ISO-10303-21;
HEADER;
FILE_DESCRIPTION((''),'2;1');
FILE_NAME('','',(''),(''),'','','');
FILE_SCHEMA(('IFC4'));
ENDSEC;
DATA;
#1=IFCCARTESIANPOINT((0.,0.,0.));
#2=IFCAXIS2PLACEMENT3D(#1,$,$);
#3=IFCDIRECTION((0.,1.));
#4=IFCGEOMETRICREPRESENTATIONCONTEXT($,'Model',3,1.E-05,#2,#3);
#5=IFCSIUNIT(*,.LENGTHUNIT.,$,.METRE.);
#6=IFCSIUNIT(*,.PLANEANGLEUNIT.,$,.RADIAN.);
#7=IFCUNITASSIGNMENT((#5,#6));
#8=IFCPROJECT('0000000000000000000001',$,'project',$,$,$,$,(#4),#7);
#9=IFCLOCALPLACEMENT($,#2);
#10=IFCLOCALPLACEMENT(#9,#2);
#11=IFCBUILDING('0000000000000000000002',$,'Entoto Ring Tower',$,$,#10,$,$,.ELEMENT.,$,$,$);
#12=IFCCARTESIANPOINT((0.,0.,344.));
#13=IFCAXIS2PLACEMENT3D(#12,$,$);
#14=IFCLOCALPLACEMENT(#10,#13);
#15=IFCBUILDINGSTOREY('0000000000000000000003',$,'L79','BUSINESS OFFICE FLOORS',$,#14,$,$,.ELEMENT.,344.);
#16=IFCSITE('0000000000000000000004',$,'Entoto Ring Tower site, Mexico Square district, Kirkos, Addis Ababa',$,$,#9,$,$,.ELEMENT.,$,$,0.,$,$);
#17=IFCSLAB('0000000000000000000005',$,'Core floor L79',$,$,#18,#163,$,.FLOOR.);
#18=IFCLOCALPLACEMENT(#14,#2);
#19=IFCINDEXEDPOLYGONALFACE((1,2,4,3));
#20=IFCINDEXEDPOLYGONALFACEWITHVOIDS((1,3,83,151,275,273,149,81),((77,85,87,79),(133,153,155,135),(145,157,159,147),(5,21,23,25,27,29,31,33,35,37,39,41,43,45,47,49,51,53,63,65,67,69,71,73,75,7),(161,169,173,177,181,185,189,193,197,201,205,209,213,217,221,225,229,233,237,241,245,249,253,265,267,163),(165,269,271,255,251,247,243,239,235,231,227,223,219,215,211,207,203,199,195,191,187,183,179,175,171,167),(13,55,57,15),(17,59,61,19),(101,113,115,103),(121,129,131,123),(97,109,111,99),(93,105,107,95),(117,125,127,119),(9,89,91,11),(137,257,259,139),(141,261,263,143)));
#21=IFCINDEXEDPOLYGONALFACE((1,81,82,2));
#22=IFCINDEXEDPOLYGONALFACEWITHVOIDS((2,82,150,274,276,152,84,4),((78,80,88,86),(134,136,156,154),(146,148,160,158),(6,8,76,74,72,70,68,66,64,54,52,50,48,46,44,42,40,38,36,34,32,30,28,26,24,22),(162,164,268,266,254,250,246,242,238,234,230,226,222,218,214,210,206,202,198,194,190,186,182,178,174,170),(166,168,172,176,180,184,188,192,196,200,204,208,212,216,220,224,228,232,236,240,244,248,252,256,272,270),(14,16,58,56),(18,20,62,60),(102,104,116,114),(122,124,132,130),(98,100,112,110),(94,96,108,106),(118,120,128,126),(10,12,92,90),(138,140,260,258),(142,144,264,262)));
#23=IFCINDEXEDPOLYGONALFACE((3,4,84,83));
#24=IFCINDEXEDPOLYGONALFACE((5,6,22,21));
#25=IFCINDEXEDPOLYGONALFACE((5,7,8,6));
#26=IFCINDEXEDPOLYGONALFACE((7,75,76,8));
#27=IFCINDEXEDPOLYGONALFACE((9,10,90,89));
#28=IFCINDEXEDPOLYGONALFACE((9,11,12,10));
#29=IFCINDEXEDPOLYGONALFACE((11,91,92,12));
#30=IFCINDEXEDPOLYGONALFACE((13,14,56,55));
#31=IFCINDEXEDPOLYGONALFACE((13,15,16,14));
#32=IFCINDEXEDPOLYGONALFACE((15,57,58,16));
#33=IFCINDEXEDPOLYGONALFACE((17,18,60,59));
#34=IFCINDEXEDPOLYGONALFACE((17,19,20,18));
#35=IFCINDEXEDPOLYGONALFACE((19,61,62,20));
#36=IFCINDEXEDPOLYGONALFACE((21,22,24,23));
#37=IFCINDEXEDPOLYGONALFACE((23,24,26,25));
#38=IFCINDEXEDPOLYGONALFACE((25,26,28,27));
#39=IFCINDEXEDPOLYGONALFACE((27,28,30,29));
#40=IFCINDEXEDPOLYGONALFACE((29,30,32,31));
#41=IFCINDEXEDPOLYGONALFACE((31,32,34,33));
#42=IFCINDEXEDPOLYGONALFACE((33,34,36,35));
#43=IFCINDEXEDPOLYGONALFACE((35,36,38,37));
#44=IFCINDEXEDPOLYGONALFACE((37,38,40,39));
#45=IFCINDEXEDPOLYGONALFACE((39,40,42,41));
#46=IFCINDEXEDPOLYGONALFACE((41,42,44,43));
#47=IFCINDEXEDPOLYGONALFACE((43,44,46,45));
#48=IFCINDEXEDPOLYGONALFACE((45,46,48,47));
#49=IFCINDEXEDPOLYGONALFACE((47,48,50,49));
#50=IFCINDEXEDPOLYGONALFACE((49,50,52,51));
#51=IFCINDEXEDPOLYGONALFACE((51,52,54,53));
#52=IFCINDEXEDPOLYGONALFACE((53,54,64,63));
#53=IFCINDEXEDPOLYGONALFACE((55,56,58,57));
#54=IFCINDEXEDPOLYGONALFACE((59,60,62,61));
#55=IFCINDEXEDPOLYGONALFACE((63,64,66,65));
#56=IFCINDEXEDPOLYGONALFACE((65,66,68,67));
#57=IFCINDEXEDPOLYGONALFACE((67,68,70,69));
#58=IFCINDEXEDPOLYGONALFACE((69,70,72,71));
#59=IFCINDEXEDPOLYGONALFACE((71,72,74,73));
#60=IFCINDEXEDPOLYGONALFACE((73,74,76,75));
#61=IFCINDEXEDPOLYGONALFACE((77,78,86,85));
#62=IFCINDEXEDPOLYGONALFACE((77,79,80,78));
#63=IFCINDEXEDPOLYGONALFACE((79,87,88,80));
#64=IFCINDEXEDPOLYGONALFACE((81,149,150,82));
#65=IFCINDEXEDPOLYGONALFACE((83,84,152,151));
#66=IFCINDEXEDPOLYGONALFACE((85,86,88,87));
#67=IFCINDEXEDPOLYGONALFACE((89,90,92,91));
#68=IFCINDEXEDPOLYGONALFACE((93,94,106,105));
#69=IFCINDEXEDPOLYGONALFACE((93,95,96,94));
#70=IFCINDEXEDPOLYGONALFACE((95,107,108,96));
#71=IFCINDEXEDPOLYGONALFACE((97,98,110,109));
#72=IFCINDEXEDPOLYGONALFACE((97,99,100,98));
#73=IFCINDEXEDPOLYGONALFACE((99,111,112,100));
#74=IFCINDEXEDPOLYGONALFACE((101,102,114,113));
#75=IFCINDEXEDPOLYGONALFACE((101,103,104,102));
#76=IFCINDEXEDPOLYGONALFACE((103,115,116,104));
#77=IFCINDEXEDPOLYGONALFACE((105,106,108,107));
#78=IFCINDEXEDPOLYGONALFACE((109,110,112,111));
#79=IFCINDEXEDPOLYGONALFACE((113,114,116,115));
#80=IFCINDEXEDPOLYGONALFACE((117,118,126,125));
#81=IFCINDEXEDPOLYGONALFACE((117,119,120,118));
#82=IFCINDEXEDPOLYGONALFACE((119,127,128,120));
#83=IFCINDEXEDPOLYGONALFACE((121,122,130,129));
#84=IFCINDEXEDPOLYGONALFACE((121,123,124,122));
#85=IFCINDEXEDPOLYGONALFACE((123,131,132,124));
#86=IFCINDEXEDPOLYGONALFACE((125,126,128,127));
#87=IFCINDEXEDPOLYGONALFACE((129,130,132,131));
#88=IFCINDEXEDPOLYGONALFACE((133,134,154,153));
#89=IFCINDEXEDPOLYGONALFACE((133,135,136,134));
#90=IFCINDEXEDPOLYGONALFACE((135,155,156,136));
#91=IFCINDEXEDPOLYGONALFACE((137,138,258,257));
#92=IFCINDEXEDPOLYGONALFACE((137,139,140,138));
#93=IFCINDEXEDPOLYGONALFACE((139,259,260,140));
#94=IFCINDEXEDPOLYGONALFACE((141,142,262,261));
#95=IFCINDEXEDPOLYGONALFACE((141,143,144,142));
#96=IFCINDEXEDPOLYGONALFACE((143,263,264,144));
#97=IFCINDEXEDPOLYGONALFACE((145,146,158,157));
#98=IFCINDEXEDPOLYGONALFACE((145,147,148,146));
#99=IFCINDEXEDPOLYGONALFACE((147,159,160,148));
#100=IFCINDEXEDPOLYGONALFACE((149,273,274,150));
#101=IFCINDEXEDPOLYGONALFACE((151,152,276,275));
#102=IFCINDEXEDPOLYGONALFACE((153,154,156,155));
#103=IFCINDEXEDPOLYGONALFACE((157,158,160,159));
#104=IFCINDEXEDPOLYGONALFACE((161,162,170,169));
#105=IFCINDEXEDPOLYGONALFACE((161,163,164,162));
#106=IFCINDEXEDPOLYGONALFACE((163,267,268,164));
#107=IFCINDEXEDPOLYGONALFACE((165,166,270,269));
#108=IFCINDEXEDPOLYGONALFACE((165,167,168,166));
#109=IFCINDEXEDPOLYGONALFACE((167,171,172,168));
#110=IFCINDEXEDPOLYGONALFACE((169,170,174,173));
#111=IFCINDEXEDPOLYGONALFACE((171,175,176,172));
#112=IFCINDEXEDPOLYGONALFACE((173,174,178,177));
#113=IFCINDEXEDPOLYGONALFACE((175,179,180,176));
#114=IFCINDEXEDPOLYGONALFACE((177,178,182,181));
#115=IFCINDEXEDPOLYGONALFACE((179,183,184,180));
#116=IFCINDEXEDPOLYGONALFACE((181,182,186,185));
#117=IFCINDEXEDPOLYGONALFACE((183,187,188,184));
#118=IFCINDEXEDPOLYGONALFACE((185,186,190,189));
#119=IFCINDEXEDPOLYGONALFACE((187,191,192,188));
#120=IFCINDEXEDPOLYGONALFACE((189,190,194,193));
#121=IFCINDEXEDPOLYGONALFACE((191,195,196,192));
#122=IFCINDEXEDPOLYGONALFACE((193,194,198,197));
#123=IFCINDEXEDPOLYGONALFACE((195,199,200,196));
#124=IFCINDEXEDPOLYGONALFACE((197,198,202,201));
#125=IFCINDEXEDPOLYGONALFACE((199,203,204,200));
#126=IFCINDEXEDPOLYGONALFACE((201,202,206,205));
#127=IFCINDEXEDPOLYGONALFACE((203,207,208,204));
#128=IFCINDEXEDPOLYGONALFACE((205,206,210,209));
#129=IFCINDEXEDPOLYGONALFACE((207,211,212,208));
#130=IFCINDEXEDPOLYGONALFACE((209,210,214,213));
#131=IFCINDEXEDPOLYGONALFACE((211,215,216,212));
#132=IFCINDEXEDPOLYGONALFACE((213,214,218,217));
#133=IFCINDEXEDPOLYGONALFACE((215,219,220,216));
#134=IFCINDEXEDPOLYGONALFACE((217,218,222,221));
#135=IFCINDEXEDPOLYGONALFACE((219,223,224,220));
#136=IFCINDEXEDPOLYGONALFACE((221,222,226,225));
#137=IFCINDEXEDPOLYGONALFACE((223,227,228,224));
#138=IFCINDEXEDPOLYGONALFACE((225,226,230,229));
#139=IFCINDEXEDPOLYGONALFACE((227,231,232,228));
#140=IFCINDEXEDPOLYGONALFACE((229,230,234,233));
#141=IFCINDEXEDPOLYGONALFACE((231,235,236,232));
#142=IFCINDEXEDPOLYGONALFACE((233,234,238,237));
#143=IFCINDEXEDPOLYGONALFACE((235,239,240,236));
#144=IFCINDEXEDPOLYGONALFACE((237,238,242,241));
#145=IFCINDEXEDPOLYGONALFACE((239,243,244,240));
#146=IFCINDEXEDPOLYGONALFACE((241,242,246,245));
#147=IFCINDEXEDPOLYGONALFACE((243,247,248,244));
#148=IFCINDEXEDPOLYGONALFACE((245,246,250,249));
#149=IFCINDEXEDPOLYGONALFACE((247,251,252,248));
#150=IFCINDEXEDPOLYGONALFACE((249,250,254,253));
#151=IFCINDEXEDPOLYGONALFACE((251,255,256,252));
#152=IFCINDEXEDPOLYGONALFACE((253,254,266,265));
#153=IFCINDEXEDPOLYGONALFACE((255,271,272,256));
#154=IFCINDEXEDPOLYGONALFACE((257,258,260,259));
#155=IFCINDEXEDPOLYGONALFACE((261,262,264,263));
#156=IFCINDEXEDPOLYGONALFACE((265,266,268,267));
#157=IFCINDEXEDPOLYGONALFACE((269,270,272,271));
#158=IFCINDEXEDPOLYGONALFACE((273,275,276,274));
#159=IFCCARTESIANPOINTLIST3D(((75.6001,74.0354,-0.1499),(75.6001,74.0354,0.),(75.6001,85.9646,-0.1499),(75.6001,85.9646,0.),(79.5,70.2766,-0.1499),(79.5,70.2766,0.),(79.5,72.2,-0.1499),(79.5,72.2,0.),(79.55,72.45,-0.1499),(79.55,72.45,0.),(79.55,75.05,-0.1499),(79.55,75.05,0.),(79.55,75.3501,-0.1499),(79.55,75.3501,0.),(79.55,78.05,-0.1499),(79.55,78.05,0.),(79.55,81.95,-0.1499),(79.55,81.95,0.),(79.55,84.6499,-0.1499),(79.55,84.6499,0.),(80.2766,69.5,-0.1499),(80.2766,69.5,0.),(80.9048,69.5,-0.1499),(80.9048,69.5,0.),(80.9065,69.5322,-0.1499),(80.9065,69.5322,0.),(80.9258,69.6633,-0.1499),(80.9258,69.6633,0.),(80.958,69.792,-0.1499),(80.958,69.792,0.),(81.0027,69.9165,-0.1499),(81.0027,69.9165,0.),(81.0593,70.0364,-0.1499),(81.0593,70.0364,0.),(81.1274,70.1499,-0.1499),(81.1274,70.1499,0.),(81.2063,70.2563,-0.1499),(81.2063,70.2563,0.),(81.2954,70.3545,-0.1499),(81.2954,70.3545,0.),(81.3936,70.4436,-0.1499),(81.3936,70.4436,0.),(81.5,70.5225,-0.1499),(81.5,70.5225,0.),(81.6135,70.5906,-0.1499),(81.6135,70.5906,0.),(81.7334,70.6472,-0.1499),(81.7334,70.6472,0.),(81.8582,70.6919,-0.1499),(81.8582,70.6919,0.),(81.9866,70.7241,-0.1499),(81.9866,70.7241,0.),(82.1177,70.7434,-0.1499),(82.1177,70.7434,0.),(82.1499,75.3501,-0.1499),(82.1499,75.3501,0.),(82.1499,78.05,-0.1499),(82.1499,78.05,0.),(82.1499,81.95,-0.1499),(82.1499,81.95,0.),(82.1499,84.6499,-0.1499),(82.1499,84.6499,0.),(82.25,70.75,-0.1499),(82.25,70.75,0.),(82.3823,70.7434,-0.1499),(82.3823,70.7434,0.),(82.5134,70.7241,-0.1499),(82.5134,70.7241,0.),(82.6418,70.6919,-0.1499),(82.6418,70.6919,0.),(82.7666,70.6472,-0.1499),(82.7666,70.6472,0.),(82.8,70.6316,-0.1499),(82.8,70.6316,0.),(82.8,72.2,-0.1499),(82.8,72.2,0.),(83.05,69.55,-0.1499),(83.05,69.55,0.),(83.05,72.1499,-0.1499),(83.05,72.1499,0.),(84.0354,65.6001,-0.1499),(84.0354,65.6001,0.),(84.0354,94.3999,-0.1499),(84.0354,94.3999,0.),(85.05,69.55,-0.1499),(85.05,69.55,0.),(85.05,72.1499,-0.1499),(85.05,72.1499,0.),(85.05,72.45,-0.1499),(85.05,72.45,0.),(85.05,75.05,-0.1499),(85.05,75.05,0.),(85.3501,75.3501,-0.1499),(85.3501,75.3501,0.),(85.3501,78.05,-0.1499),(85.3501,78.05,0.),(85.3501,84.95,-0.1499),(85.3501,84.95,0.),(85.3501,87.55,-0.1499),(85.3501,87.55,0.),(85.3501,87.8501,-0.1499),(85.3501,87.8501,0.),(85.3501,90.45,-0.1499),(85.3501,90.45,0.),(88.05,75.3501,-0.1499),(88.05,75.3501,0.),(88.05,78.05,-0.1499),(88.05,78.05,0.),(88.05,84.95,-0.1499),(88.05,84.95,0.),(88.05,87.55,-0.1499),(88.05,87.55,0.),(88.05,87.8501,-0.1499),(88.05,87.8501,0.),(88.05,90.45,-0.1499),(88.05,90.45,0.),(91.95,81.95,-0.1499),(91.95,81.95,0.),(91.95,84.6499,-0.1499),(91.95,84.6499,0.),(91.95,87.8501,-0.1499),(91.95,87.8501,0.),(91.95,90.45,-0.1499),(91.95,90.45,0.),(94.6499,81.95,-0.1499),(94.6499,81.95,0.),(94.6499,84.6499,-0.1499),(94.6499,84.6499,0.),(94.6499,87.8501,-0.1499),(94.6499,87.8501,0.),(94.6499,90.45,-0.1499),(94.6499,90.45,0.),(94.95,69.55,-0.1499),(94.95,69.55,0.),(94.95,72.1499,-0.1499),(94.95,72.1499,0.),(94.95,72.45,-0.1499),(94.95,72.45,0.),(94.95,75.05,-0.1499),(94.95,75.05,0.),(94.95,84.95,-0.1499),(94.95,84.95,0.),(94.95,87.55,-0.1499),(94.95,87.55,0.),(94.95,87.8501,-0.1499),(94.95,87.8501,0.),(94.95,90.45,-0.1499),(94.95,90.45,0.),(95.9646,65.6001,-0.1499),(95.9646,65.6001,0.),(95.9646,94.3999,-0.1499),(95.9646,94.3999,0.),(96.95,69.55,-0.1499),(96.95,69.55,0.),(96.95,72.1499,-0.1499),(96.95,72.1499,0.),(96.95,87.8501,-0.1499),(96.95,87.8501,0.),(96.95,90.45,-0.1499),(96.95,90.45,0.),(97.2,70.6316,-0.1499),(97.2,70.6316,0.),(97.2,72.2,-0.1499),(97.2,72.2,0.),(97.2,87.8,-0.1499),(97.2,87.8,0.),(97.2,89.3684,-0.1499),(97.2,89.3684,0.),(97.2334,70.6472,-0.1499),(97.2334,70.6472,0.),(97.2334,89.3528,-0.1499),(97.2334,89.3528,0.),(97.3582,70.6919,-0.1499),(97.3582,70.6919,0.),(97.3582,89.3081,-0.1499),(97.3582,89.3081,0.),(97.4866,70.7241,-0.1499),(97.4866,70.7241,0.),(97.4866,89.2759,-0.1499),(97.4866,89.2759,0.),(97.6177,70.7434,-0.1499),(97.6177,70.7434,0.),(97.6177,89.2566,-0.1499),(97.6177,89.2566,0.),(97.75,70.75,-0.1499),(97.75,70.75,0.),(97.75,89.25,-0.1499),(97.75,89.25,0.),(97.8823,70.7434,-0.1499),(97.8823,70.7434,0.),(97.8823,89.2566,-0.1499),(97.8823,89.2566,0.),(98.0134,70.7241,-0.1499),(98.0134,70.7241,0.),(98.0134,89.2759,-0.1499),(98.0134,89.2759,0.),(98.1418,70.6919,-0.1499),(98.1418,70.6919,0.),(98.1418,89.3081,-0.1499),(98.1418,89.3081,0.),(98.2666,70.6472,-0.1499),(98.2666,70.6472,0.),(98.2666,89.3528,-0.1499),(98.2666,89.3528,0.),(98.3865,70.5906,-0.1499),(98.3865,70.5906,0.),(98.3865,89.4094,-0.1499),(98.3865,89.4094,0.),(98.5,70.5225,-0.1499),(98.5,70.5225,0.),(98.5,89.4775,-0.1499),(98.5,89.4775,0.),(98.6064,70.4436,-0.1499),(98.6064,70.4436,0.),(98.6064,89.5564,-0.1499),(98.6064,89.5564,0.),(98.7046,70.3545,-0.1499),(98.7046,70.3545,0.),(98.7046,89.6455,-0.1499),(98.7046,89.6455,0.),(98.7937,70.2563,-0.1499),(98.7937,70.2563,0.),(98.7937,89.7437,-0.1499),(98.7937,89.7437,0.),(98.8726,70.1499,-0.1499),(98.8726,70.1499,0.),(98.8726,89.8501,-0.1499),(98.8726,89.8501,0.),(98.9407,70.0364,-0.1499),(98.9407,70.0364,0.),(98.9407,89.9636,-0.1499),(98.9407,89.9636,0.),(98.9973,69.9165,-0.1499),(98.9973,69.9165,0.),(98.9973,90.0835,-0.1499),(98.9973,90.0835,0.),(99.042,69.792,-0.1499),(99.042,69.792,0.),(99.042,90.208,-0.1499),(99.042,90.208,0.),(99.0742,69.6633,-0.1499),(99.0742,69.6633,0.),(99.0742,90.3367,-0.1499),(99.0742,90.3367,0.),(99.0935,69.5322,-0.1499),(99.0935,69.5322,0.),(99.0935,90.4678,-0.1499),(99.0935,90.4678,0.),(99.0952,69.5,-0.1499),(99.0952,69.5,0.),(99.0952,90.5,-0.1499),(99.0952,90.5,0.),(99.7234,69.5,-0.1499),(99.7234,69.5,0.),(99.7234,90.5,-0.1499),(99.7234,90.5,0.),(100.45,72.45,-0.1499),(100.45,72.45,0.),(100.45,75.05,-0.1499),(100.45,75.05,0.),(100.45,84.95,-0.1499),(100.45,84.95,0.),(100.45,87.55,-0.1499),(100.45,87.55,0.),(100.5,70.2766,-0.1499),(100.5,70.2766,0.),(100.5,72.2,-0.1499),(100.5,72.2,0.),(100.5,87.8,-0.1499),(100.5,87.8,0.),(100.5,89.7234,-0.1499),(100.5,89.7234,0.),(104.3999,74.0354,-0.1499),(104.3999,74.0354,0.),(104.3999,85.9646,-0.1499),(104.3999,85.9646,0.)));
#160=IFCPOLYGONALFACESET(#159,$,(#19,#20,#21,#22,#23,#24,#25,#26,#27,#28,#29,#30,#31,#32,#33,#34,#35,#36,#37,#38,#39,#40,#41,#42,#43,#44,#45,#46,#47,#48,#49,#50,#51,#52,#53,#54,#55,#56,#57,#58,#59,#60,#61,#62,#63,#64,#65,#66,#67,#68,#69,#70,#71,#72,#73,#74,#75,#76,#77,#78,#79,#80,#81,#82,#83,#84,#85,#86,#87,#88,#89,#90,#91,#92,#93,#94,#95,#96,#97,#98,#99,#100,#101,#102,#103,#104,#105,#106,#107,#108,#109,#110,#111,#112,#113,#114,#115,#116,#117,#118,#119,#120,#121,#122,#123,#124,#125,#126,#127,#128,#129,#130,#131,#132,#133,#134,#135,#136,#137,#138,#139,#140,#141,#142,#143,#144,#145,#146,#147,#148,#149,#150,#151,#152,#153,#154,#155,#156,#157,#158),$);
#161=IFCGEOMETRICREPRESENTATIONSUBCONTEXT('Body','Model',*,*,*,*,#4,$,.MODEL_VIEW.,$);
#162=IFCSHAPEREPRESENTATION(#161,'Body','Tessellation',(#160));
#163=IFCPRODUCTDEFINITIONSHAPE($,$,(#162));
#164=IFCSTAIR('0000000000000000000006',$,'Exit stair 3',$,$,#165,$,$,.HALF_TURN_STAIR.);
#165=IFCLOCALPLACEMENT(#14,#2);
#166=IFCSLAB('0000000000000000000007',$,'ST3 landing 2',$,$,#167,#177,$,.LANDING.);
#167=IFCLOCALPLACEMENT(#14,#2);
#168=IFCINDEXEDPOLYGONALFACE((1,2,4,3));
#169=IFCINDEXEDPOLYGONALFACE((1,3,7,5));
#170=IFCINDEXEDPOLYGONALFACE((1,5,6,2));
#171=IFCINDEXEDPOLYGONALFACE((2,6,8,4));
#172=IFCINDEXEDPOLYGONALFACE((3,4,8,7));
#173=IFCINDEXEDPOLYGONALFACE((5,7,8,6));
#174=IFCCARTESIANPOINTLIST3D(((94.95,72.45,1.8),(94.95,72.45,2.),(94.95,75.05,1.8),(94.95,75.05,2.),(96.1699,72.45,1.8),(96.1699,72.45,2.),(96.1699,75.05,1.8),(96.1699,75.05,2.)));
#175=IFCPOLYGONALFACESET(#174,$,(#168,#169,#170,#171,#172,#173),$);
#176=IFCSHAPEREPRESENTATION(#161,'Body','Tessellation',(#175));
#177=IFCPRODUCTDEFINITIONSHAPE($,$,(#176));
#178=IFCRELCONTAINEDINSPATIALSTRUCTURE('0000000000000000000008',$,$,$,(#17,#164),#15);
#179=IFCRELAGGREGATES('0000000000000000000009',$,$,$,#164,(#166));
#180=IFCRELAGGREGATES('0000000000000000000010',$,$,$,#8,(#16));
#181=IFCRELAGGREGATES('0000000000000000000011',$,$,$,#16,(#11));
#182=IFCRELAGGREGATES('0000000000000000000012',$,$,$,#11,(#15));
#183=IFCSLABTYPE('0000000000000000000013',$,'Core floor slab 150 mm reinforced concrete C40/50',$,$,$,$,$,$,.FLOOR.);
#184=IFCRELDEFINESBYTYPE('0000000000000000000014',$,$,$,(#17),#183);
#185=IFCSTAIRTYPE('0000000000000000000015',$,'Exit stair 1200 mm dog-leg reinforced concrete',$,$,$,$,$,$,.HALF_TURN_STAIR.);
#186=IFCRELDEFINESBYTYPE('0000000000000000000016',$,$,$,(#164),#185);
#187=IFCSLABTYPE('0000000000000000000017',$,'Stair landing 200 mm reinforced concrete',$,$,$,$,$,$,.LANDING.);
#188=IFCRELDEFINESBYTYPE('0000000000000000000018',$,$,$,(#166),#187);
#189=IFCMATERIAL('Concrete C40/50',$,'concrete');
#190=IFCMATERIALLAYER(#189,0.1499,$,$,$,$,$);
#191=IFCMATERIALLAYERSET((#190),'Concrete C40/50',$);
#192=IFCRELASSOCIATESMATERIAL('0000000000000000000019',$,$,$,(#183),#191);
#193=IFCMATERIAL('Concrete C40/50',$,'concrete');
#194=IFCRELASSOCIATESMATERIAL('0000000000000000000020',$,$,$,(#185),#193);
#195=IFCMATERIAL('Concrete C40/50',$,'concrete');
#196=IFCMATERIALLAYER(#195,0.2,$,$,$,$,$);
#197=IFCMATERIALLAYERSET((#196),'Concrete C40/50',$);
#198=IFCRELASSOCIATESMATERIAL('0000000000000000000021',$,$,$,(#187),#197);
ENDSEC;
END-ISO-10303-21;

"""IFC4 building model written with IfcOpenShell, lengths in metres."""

from ifc_helpers import new_model, si_unit, direction, frame, origin, place, context, subcontext, project, spatial, polyline, outline, extrude, material, layer, layer_set, type_object, element, aggregate, save


model = new_model("IFC4")

# Units and contexts
model_context = context("Model", 3, precision=1e-05, world=origin(), true_north=direction((0.0, 1.0)))
body_context = subcontext(model_context, "Body", "Model", "MODEL_VIEW")
ifc_project = project(units=[si_unit("LENGTHUNIT", "METRE"), si_unit("PLANEANGLEUNIT", "RADIAN")], contexts=[model_context])

# Site, building, storey
site_placement = place(None, origin())
site = spatial("IfcSite", under=ifc_project, at=site_placement, Name="Entoto Ring Tower site, Mexico Square district, Kirkos, Addis Ababa", CompositionType="ELEMENT", RefElevation=0.0)
building_placement = place(site_placement, origin())
building = spatial("IfcBuilding", under=site, at=building_placement, Name="Entoto Ring Tower", CompositionType="ELEMENT")
storey_placement = place(building_placement, frame((0.0, 0.0, 344.0)))
storey = spatial("IfcBuildingStorey", under=building, at=storey_placement, Name="L79", Description="BUSINESS OFFICE FLOORS", CompositionType="ELEMENT", Elevation=344.0)

# Slab
ifc_material_1 = material(Name="Concrete C40/50", Category="concrete")
ifc_layer_1 = layer(ifc_material_1, 0.1499)
ifc_layer_set_1 = layer_set([ifc_layer_1], Name="Concrete C40/50")
slab_type_1 = type_object("IfcSlabType", Name="Core floor slab 150 mm reinforced concrete C40/50", PredefinedType="FLOOR", material=ifc_layer_set_1)
slab_1_placement = place(storey_placement, frame((0.0, 0.0, -0.1499)))
element("IfcSlab", 1, at=slab_1_placement, inside=storey, type_object=slab_type_1, Name="Core floor L79", PredefinedType="FLOOR", context=body_context, shape_type="SweptSolid", body=[
    extrude(outline(polyline([(104.3999, 74.0354), (104.3999, 85.9646), (95.9646, 94.3999), (84.0354, 94.3999), (75.6001, 85.9646), (75.6001, 74.0354), (84.0354, 65.6001), (95.9646, 65.6001), (104.3999, 74.0354)]), holes=[polyline([(100.45, 84.95), (100.45, 87.55), (94.95, 87.55), (94.95, 84.95), (100.45, 84.95)]), polyline([(85.05, 72.45), (85.05, 75.05), (79.55, 75.05), (79.55, 72.45), (85.05, 72.45)]), polyline([(100.45, 72.45), (100.45, 75.05), (94.95, 75.05), (94.95, 72.45), (100.45, 72.45)]), polyline([(94.95, 90.45), (94.95, 87.8501), (96.95, 87.8501), (96.95, 90.45), (94.95, 90.45)]), polyline([(94.95, 72.1499), (94.95, 69.55), (96.95, 69.55), (96.95, 72.1499), (94.95, 72.1499)]), polyline([(83.05, 72.1499), (83.05, 69.55), (85.05, 69.55), (85.05, 72.1499), (83.05, 72.1499)]), polyline([(79.55, 81.95), (82.1499, 81.95), (82.1499, 84.6499), (79.55, 84.6499), (79.55, 81.95)]), polyline([(79.55, 75.3501), (82.1499, 75.3501), (82.1499, 78.05), (79.55, 78.05), (79.55, 75.3501)]), polyline([(91.95, 87.8501), (94.6499, 87.8501), (94.6499, 90.45), (91.95, 90.45), (91.95, 87.8501)]), polyline([(91.95, 81.95), (94.6499, 81.95), (94.6499, 84.6499), (91.95, 84.6499), (91.95, 81.95)]), polyline([(85.3501, 75.3501), (88.05, 75.3501), (88.05, 78.05), (85.3501, 78.05), (85.3501, 75.3501)]), polyline([(85.3501, 84.95), (88.05, 84.95), (88.05, 87.55), (85.3501, 87.55), (85.3501, 84.95)]), polyline([(85.3501, 87.8501), (88.05, 87.8501), (88.05, 90.45), (85.3501, 90.45), (85.3501, 87.8501)]), polyline([(97.2, 89.3684), (97.2, 87.8), (100.5, 87.8), (100.5, 89.7234), (99.7234, 90.5), (99.0952, 90.5), (99.0935, 90.4678), (99.0742, 90.3367), (99.042, 90.208), (98.9973, 90.0835), (98.9407, 89.9636), (98.8726, 89.8501), (98.7937, 89.7437), (98.7046, 89.6455), (98.6064, 89.5564), (98.5, 89.4775), (98.3865, 89.4094), (98.2666, 89.3528), (98.1418, 89.3081), (98.0134, 89.2759), (97.8823, 89.2566), (97.75, 89.25), (97.6177, 89.2566), (97.4866, 89.2759), (97.3582, 89.3081), (97.2334, 89.3528), (97.2, 89.3684)]), polyline([(80.2766, 69.5), (80.9048, 69.5), (80.9065, 69.5322), (80.9258, 69.6633), (80.958, 69.792), (81.0027, 69.9165), (81.0593, 70.0364), (81.1274, 70.1499), (81.2063, 70.2563), (81.2954, 70.3545), (81.3936, 70.4436), (81.5, 70.5225), (81.6135, 70.5906), (81.7334, 70.6472), (81.8582, 70.6919), (81.9866, 70.7241), (82.1177, 70.7434), (82.25, 70.75), (82.3823, 70.7434), (82.5134, 70.7241), (82.6418, 70.6919), (82.7666, 70.6472), (82.8, 70.6316), (82.8, 72.2), (79.5, 72.2), (79.5, 70.2766), (80.2766, 69.5)]), polyline([(99.0952, 69.5), (99.7234, 69.5), (100.5, 70.2766), (100.5, 72.2), (97.2, 72.2), (97.2, 70.6316), (97.2334, 70.6472), (97.3582, 70.6919), (97.4866, 70.7241), (97.6177, 70.7434), (97.75, 70.75), (97.8823, 70.7434), (98.0134, 70.7241), (98.1418, 70.6919), (98.2666, 70.6472), (98.3865, 70.5906), (98.5, 70.5225), (98.6064, 70.4436), (98.7046, 70.3545), (98.7937, 70.2563), (98.8726, 70.1499), (98.9407, 70.0364), (98.9973, 69.9165), (99.042, 69.792), (99.0742, 69.6633), (99.0935, 69.5322), (99.0952, 69.5)])]), origin(), (0.0, 0.0, 1.0), 0.1499),
])

# Stair, slab
ifc_material_2 = material(Name="Concrete C40/50", Category="concrete")
stair_type = type_object("IfcStairType", Name="Exit stair 1200 mm dog-leg reinforced concrete", PredefinedType="HALF_TURN_STAIR", material=ifc_material_2)
stair_placement = place(storey_placement, origin())
stair = element("IfcStair", 2, at=stair_placement, inside=storey, type_object=stair_type, Name="Exit stair 3", PredefinedType="HALF_TURN_STAIR")
ifc_material_3 = material(Name="Concrete C40/50", Category="concrete")
ifc_layer_2 = layer(ifc_material_3, 0.2)
ifc_layer_set_2 = layer_set([ifc_layer_2], Name="Concrete C40/50")
slab_type_2 = type_object("IfcSlabType", Name="Stair landing 200 mm reinforced concrete", PredefinedType="LANDING", material=ifc_layer_set_2)
slab_2_placement = place(storey_placement, frame((0.0, 0.0, 1.8)))
slab_2 = element("IfcSlab", 3, at=slab_2_placement, type_object=slab_type_2, Name="ST3 landing 2", PredefinedType="LANDING", context=body_context, shape_type="SweptSolid", body=[
    extrude(outline(polyline([(94.95, 72.45), (96.1699, 72.45), (96.1699, 75.05), (94.95, 75.05), (94.95, 72.45)])), origin(), (0.0, 0.0, 1.0), 0.2),
])
aggregate(stair, [slab_2])

save(model, "model.ifc")
